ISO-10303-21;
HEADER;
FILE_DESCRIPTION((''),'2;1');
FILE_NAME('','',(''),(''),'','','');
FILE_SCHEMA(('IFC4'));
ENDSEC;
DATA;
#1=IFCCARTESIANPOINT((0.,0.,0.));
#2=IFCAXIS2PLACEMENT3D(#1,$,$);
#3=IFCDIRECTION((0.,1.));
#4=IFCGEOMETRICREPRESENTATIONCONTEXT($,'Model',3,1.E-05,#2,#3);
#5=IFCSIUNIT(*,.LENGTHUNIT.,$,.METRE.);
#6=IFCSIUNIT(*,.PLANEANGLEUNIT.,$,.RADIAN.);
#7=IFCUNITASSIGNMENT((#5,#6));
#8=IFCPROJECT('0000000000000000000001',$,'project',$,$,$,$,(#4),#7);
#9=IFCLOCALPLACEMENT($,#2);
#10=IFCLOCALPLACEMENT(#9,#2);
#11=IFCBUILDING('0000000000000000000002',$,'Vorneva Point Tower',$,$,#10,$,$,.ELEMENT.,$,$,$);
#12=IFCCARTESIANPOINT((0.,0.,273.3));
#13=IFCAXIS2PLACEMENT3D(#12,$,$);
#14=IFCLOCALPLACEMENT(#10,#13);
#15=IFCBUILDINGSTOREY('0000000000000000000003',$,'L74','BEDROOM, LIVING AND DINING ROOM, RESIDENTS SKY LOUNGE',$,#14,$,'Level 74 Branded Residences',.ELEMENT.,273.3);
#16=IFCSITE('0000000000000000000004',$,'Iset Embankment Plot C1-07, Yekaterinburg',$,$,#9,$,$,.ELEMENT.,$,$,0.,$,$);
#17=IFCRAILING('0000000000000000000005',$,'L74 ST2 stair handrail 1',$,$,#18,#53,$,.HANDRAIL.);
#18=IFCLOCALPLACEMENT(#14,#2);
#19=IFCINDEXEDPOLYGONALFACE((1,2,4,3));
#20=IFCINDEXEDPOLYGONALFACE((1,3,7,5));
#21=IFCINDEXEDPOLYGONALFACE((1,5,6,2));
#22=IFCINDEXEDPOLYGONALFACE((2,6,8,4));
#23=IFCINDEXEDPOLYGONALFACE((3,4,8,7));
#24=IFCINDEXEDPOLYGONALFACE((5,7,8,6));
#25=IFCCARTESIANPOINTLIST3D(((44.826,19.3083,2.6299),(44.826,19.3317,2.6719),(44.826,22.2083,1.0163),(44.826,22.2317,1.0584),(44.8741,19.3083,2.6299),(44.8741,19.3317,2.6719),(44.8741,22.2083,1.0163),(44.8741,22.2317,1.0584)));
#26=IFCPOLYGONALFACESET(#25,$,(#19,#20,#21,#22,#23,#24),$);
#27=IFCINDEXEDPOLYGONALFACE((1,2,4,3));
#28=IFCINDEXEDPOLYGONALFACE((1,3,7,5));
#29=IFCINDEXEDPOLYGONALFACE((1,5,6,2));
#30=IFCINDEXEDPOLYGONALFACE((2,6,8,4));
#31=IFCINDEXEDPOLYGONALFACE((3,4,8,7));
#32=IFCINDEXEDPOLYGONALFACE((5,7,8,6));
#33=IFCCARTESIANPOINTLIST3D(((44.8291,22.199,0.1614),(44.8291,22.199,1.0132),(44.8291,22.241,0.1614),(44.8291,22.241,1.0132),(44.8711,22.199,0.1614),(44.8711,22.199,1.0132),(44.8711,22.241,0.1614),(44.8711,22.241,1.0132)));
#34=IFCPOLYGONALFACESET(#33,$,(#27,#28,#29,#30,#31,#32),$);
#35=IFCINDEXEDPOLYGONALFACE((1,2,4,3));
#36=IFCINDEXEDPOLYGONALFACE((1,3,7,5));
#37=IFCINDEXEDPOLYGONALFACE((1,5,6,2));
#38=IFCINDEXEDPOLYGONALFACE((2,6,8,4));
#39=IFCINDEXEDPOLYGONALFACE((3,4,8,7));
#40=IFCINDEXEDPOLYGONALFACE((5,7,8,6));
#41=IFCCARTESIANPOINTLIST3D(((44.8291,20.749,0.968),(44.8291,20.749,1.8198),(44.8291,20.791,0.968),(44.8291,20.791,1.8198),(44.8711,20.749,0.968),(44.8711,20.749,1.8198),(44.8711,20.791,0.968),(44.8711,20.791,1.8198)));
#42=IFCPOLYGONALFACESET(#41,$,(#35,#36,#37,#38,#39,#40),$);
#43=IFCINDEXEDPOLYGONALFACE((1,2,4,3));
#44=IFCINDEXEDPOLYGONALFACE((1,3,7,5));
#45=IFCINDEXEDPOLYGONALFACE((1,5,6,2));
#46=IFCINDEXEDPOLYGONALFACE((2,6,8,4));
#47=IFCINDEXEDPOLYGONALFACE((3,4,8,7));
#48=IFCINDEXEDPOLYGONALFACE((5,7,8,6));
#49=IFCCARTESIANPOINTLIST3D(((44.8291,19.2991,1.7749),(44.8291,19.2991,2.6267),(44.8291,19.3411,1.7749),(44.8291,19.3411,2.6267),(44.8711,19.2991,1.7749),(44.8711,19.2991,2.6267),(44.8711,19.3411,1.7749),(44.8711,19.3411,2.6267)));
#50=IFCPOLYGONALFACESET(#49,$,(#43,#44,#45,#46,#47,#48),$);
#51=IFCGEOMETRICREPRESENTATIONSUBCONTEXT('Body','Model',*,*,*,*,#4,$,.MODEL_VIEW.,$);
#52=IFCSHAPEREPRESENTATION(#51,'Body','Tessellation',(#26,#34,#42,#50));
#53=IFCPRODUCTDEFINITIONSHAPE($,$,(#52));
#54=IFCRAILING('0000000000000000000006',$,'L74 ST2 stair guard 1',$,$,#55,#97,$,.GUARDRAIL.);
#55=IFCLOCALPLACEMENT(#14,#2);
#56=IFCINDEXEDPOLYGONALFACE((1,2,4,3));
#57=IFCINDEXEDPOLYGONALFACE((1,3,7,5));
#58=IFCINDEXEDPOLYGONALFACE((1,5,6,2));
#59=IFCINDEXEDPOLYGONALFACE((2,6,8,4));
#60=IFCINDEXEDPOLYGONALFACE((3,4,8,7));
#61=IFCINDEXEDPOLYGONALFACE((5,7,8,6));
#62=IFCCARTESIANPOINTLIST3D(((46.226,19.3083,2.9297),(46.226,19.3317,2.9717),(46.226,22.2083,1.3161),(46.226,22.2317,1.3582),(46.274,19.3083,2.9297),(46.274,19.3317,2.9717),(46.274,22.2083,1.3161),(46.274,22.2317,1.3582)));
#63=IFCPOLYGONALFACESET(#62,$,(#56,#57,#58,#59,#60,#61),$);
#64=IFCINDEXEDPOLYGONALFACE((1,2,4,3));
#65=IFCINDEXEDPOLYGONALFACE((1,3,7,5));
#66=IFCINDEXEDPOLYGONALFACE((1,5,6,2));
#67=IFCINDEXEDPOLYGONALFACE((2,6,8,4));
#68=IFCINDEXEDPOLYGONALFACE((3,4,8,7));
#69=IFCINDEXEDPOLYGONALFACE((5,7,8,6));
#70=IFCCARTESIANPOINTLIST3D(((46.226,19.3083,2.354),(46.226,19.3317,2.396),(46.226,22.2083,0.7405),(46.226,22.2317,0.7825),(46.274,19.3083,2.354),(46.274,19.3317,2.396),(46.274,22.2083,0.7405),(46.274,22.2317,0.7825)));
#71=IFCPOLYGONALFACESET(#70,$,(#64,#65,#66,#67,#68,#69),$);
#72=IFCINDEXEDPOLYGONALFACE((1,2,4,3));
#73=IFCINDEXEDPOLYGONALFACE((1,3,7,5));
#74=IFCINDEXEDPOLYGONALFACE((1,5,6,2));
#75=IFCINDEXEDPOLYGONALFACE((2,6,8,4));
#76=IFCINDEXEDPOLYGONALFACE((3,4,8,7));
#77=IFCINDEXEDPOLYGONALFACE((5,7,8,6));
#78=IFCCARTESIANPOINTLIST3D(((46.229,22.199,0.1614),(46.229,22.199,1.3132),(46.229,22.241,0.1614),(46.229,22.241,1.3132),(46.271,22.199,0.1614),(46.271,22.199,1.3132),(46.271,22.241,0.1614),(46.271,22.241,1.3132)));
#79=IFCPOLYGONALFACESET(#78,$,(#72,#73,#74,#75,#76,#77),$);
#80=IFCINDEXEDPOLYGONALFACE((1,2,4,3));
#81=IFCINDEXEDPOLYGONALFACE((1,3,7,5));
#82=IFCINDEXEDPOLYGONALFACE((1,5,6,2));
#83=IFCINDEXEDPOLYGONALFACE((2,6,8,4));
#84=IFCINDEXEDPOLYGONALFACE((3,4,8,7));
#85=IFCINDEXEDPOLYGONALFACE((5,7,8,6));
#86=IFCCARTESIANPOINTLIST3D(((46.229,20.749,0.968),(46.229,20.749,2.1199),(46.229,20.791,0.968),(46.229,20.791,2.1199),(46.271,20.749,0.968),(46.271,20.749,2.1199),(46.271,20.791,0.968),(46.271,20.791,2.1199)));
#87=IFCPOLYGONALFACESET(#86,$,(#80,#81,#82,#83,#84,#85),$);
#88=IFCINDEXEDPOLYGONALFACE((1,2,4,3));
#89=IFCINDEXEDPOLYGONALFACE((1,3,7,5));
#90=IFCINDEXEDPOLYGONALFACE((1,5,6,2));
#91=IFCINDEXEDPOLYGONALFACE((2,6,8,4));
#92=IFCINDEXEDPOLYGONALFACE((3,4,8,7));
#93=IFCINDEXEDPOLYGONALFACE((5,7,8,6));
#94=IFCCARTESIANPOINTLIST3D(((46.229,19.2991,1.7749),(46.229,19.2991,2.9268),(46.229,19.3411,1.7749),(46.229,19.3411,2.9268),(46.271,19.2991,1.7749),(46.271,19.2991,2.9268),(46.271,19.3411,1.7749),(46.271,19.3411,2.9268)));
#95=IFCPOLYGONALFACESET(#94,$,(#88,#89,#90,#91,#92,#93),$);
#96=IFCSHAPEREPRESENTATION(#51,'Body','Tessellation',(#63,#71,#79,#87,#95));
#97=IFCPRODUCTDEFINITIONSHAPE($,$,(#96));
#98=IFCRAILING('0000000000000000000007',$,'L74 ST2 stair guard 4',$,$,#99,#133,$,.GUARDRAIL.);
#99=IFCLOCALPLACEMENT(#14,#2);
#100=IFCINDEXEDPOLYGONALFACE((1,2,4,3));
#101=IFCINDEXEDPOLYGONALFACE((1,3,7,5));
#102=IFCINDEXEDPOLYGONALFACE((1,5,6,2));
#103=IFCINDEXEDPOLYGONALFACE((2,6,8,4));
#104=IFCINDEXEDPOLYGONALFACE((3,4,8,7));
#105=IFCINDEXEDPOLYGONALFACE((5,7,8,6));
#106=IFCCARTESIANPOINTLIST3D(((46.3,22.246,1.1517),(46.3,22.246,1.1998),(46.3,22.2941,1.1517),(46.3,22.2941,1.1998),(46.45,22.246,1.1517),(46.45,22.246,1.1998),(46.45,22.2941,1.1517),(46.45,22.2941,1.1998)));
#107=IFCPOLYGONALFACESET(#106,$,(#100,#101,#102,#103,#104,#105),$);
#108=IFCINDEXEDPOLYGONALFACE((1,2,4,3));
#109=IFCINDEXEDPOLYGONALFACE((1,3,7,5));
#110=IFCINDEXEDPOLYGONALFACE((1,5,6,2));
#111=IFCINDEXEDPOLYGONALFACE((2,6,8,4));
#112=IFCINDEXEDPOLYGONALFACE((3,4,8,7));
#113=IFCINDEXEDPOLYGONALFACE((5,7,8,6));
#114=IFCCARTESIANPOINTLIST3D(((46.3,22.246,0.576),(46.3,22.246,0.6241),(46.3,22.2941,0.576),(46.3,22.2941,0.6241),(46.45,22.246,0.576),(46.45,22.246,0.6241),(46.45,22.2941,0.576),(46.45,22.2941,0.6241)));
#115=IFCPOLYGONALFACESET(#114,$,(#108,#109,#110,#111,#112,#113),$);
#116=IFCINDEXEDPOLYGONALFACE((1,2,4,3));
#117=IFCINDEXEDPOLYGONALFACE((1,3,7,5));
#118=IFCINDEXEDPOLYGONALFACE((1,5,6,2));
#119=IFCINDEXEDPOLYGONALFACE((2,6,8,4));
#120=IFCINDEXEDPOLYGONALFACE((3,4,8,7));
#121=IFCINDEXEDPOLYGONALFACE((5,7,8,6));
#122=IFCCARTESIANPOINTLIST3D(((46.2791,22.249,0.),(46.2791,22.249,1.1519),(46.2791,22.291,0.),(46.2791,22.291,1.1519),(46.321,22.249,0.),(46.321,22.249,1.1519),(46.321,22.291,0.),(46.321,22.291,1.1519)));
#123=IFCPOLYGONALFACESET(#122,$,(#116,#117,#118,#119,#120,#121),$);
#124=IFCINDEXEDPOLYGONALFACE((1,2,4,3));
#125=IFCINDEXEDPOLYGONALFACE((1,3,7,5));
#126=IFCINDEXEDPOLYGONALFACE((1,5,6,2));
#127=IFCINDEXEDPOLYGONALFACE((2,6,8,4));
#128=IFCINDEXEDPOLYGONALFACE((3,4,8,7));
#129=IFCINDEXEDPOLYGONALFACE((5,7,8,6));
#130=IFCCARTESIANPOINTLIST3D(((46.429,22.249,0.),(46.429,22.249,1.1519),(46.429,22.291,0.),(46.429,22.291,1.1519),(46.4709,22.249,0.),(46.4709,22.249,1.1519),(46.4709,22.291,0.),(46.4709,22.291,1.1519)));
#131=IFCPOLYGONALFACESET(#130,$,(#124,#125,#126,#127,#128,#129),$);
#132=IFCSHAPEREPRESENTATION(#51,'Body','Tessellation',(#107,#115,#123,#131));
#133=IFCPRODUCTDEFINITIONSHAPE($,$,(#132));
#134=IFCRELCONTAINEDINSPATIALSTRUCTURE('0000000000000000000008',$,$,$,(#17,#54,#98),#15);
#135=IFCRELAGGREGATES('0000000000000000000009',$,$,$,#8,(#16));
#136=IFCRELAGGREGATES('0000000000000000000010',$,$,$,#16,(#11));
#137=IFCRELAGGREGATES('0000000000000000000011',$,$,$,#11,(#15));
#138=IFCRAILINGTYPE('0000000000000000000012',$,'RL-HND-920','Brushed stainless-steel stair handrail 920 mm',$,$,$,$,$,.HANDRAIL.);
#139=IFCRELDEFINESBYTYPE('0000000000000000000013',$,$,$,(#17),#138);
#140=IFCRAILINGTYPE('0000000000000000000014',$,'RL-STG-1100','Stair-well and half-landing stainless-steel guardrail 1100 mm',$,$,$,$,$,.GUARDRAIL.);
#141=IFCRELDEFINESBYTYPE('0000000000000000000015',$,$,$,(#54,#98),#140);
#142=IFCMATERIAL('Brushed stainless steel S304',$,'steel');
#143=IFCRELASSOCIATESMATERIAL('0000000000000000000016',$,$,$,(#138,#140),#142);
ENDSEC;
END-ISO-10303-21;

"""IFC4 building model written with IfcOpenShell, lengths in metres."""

from ifc_helpers import new_model, si_unit, direction, frame, origin, origin_2d, place, context, subcontext, project, spatial, rectangle, extrude, material, type_object, element, save


model = new_model("IFC4")

# Units and contexts
model_context = context("Model", 3, precision=1e-05, world=origin(), true_north=direction((0.0, 1.0)))
body_context = subcontext(model_context, "Body", "Model", "MODEL_VIEW")
ifc_project = project(units=[si_unit("LENGTHUNIT", "METRE"), si_unit("PLANEANGLEUNIT", "RADIAN")], contexts=[model_context])

# Site, building, storey
site_placement = place(None, origin())
site = spatial("IfcSite", under=ifc_project, at=site_placement, Name="Iset Embankment Plot C1-07, Yekaterinburg", CompositionType="ELEMENT", RefElevation=0.0)
building_placement = place(site_placement, origin())
building = spatial("IfcBuilding", under=site, at=building_placement, Name="Vorneva Point Tower", CompositionType="ELEMENT")
storey_placement = place(building_placement, frame((0.0, 0.0, 273.3)))
storey = spatial("IfcBuildingStorey", under=building, at=storey_placement, Name="L74", Description="BEDROOM, LIVING AND DINING ROOM, RESIDENTS SKY LOUNGE", LongName="Level 74 Branded Residences", CompositionType="ELEMENT", Elevation=273.3)

# Shared definitions
ifc_material_1 = material(Name="Brushed stainless steel S304", Category="steel")

# Railings
railing_type_1 = type_object("IfcRailingType", Name="RL-HND-920", Description="Brushed stainless-steel stair handrail 920 mm", PredefinedType="HANDRAIL", material=ifc_material_1)
railing_1_placement = place(storey_placement, frame((44.8501, 22.22, 0.1614)))
element("IfcRailing", 1, at=railing_1_placement, inside=storey, type_object=railing_type_1, Name="L74 ST2 stair handrail 1", PredefinedType="HANDRAIL", context=body_context, shape_type="SweptSolid", body=[
    extrude(rectangle(XDim=0.0481, YDim=0.0481, at=origin_2d()), frame((0.0, 0.0, 0.876), z_axis=(0.0, -0.873841, 0.486211), x_axis=(1.0, 0.0, 0.0)), (0.0, 0.0, 1.0), 3.3186),
    extrude(rectangle(XDim=0.042, YDim=0.042, at=origin_2d()), origin(), (0.0, 0.0, 1.0), 0.8518),
    extrude(rectangle(XDim=0.042, YDim=0.042, at=origin_2d()), frame((0.0, -1.45, 0.8066)), (0.0, 0.0, 1.0), 0.8518),
    extrude(rectangle(XDim=0.042, YDim=0.042, at=origin_2d()), frame((0.0, -2.8999, 1.6135)), (0.0, 0.0, 1.0), 0.8518),
])
railing_type_2 = type_object("IfcRailingType", Name="RL-STG-1100", Description="Stair-well and half-landing stainless-steel guardrail 1100 mm", PredefinedType="GUARDRAIL", material=ifc_material_1)
railing_2_placement = place(storey_placement, frame((46.25, 22.22, 0.1614)))
element("IfcRailing", 2, at=railing_2_placement, inside=storey, type_object=railing_type_2, Name="L74 ST2 stair guard 1", PredefinedType="GUARDRAIL", context=body_context, shape_type="SweptSolid", body=[
    extrude(rectangle(XDim=0.0481, YDim=0.0481, at=origin_2d()), frame((0.0, 0.0, 1.1758), z_axis=(0.0, -0.873841, 0.486211), x_axis=(1.0, 0.0, 0.0)), (0.0, 0.0, 1.0), 3.3186),
    extrude(rectangle(XDim=0.0481, YDim=0.0481, at=origin_2d()), frame((0.0, 0.0, 0.6001), z_axis=(0.0, -0.873841, 0.486211), x_axis=(1.0, 0.0, 0.0)), (0.0, 0.0, 1.0), 3.3186),
    extrude(rectangle(XDim=0.042, YDim=0.042, at=origin_2d()), origin(), (0.0, 0.0, 1.0), 1.1519),
    extrude(rectangle(XDim=0.042, YDim=0.042, at=origin_2d()), frame((0.0, -1.45, 0.8066)), (0.0, 0.0, 1.0), 1.1519),
    extrude(rectangle(XDim=0.042, YDim=0.042, at=origin_2d()), frame((0.0, -2.8999, 1.6135)), (0.0, 0.0, 1.0), 1.1519),
])
railing_3_placement = place(storey_placement, frame((46.3, 22.27, 0.0)))
element("IfcRailing", 3, at=railing_3_placement, inside=storey, type_object=railing_type_2, Name="L74 ST2 stair guard 4", PredefinedType="GUARDRAIL", context=body_context, shape_type="SweptSolid", body=[
    extrude(rectangle(XDim=0.0481, YDim=0.0481, at=origin_2d()), frame((0.0, 0.0, 1.1758), z_axis=(1.0, 0.0, 0.0), x_axis=(0.0, 1.0, 0.0)), (0.0, 0.0, 1.0), 0.1499),
    extrude(rectangle(XDim=0.0481, YDim=0.0481, at=origin_2d()), frame((0.0, 0.0, 0.6001), z_axis=(1.0, 0.0, 0.0), x_axis=(0.0, 1.0, 0.0)), (0.0, 0.0, 1.0), 0.1499),
    extrude(rectangle(XDim=0.042, YDim=0.042, at=origin_2d()), origin(), (0.0, 0.0, 1.0), 1.1519),
    extrude(rectangle(XDim=0.042, YDim=0.042, at=origin_2d()), frame((0.1499, 0.0, 0.0)), (0.0, 0.0, 1.0), 1.1519),
])

save(model, "model.ifc")
